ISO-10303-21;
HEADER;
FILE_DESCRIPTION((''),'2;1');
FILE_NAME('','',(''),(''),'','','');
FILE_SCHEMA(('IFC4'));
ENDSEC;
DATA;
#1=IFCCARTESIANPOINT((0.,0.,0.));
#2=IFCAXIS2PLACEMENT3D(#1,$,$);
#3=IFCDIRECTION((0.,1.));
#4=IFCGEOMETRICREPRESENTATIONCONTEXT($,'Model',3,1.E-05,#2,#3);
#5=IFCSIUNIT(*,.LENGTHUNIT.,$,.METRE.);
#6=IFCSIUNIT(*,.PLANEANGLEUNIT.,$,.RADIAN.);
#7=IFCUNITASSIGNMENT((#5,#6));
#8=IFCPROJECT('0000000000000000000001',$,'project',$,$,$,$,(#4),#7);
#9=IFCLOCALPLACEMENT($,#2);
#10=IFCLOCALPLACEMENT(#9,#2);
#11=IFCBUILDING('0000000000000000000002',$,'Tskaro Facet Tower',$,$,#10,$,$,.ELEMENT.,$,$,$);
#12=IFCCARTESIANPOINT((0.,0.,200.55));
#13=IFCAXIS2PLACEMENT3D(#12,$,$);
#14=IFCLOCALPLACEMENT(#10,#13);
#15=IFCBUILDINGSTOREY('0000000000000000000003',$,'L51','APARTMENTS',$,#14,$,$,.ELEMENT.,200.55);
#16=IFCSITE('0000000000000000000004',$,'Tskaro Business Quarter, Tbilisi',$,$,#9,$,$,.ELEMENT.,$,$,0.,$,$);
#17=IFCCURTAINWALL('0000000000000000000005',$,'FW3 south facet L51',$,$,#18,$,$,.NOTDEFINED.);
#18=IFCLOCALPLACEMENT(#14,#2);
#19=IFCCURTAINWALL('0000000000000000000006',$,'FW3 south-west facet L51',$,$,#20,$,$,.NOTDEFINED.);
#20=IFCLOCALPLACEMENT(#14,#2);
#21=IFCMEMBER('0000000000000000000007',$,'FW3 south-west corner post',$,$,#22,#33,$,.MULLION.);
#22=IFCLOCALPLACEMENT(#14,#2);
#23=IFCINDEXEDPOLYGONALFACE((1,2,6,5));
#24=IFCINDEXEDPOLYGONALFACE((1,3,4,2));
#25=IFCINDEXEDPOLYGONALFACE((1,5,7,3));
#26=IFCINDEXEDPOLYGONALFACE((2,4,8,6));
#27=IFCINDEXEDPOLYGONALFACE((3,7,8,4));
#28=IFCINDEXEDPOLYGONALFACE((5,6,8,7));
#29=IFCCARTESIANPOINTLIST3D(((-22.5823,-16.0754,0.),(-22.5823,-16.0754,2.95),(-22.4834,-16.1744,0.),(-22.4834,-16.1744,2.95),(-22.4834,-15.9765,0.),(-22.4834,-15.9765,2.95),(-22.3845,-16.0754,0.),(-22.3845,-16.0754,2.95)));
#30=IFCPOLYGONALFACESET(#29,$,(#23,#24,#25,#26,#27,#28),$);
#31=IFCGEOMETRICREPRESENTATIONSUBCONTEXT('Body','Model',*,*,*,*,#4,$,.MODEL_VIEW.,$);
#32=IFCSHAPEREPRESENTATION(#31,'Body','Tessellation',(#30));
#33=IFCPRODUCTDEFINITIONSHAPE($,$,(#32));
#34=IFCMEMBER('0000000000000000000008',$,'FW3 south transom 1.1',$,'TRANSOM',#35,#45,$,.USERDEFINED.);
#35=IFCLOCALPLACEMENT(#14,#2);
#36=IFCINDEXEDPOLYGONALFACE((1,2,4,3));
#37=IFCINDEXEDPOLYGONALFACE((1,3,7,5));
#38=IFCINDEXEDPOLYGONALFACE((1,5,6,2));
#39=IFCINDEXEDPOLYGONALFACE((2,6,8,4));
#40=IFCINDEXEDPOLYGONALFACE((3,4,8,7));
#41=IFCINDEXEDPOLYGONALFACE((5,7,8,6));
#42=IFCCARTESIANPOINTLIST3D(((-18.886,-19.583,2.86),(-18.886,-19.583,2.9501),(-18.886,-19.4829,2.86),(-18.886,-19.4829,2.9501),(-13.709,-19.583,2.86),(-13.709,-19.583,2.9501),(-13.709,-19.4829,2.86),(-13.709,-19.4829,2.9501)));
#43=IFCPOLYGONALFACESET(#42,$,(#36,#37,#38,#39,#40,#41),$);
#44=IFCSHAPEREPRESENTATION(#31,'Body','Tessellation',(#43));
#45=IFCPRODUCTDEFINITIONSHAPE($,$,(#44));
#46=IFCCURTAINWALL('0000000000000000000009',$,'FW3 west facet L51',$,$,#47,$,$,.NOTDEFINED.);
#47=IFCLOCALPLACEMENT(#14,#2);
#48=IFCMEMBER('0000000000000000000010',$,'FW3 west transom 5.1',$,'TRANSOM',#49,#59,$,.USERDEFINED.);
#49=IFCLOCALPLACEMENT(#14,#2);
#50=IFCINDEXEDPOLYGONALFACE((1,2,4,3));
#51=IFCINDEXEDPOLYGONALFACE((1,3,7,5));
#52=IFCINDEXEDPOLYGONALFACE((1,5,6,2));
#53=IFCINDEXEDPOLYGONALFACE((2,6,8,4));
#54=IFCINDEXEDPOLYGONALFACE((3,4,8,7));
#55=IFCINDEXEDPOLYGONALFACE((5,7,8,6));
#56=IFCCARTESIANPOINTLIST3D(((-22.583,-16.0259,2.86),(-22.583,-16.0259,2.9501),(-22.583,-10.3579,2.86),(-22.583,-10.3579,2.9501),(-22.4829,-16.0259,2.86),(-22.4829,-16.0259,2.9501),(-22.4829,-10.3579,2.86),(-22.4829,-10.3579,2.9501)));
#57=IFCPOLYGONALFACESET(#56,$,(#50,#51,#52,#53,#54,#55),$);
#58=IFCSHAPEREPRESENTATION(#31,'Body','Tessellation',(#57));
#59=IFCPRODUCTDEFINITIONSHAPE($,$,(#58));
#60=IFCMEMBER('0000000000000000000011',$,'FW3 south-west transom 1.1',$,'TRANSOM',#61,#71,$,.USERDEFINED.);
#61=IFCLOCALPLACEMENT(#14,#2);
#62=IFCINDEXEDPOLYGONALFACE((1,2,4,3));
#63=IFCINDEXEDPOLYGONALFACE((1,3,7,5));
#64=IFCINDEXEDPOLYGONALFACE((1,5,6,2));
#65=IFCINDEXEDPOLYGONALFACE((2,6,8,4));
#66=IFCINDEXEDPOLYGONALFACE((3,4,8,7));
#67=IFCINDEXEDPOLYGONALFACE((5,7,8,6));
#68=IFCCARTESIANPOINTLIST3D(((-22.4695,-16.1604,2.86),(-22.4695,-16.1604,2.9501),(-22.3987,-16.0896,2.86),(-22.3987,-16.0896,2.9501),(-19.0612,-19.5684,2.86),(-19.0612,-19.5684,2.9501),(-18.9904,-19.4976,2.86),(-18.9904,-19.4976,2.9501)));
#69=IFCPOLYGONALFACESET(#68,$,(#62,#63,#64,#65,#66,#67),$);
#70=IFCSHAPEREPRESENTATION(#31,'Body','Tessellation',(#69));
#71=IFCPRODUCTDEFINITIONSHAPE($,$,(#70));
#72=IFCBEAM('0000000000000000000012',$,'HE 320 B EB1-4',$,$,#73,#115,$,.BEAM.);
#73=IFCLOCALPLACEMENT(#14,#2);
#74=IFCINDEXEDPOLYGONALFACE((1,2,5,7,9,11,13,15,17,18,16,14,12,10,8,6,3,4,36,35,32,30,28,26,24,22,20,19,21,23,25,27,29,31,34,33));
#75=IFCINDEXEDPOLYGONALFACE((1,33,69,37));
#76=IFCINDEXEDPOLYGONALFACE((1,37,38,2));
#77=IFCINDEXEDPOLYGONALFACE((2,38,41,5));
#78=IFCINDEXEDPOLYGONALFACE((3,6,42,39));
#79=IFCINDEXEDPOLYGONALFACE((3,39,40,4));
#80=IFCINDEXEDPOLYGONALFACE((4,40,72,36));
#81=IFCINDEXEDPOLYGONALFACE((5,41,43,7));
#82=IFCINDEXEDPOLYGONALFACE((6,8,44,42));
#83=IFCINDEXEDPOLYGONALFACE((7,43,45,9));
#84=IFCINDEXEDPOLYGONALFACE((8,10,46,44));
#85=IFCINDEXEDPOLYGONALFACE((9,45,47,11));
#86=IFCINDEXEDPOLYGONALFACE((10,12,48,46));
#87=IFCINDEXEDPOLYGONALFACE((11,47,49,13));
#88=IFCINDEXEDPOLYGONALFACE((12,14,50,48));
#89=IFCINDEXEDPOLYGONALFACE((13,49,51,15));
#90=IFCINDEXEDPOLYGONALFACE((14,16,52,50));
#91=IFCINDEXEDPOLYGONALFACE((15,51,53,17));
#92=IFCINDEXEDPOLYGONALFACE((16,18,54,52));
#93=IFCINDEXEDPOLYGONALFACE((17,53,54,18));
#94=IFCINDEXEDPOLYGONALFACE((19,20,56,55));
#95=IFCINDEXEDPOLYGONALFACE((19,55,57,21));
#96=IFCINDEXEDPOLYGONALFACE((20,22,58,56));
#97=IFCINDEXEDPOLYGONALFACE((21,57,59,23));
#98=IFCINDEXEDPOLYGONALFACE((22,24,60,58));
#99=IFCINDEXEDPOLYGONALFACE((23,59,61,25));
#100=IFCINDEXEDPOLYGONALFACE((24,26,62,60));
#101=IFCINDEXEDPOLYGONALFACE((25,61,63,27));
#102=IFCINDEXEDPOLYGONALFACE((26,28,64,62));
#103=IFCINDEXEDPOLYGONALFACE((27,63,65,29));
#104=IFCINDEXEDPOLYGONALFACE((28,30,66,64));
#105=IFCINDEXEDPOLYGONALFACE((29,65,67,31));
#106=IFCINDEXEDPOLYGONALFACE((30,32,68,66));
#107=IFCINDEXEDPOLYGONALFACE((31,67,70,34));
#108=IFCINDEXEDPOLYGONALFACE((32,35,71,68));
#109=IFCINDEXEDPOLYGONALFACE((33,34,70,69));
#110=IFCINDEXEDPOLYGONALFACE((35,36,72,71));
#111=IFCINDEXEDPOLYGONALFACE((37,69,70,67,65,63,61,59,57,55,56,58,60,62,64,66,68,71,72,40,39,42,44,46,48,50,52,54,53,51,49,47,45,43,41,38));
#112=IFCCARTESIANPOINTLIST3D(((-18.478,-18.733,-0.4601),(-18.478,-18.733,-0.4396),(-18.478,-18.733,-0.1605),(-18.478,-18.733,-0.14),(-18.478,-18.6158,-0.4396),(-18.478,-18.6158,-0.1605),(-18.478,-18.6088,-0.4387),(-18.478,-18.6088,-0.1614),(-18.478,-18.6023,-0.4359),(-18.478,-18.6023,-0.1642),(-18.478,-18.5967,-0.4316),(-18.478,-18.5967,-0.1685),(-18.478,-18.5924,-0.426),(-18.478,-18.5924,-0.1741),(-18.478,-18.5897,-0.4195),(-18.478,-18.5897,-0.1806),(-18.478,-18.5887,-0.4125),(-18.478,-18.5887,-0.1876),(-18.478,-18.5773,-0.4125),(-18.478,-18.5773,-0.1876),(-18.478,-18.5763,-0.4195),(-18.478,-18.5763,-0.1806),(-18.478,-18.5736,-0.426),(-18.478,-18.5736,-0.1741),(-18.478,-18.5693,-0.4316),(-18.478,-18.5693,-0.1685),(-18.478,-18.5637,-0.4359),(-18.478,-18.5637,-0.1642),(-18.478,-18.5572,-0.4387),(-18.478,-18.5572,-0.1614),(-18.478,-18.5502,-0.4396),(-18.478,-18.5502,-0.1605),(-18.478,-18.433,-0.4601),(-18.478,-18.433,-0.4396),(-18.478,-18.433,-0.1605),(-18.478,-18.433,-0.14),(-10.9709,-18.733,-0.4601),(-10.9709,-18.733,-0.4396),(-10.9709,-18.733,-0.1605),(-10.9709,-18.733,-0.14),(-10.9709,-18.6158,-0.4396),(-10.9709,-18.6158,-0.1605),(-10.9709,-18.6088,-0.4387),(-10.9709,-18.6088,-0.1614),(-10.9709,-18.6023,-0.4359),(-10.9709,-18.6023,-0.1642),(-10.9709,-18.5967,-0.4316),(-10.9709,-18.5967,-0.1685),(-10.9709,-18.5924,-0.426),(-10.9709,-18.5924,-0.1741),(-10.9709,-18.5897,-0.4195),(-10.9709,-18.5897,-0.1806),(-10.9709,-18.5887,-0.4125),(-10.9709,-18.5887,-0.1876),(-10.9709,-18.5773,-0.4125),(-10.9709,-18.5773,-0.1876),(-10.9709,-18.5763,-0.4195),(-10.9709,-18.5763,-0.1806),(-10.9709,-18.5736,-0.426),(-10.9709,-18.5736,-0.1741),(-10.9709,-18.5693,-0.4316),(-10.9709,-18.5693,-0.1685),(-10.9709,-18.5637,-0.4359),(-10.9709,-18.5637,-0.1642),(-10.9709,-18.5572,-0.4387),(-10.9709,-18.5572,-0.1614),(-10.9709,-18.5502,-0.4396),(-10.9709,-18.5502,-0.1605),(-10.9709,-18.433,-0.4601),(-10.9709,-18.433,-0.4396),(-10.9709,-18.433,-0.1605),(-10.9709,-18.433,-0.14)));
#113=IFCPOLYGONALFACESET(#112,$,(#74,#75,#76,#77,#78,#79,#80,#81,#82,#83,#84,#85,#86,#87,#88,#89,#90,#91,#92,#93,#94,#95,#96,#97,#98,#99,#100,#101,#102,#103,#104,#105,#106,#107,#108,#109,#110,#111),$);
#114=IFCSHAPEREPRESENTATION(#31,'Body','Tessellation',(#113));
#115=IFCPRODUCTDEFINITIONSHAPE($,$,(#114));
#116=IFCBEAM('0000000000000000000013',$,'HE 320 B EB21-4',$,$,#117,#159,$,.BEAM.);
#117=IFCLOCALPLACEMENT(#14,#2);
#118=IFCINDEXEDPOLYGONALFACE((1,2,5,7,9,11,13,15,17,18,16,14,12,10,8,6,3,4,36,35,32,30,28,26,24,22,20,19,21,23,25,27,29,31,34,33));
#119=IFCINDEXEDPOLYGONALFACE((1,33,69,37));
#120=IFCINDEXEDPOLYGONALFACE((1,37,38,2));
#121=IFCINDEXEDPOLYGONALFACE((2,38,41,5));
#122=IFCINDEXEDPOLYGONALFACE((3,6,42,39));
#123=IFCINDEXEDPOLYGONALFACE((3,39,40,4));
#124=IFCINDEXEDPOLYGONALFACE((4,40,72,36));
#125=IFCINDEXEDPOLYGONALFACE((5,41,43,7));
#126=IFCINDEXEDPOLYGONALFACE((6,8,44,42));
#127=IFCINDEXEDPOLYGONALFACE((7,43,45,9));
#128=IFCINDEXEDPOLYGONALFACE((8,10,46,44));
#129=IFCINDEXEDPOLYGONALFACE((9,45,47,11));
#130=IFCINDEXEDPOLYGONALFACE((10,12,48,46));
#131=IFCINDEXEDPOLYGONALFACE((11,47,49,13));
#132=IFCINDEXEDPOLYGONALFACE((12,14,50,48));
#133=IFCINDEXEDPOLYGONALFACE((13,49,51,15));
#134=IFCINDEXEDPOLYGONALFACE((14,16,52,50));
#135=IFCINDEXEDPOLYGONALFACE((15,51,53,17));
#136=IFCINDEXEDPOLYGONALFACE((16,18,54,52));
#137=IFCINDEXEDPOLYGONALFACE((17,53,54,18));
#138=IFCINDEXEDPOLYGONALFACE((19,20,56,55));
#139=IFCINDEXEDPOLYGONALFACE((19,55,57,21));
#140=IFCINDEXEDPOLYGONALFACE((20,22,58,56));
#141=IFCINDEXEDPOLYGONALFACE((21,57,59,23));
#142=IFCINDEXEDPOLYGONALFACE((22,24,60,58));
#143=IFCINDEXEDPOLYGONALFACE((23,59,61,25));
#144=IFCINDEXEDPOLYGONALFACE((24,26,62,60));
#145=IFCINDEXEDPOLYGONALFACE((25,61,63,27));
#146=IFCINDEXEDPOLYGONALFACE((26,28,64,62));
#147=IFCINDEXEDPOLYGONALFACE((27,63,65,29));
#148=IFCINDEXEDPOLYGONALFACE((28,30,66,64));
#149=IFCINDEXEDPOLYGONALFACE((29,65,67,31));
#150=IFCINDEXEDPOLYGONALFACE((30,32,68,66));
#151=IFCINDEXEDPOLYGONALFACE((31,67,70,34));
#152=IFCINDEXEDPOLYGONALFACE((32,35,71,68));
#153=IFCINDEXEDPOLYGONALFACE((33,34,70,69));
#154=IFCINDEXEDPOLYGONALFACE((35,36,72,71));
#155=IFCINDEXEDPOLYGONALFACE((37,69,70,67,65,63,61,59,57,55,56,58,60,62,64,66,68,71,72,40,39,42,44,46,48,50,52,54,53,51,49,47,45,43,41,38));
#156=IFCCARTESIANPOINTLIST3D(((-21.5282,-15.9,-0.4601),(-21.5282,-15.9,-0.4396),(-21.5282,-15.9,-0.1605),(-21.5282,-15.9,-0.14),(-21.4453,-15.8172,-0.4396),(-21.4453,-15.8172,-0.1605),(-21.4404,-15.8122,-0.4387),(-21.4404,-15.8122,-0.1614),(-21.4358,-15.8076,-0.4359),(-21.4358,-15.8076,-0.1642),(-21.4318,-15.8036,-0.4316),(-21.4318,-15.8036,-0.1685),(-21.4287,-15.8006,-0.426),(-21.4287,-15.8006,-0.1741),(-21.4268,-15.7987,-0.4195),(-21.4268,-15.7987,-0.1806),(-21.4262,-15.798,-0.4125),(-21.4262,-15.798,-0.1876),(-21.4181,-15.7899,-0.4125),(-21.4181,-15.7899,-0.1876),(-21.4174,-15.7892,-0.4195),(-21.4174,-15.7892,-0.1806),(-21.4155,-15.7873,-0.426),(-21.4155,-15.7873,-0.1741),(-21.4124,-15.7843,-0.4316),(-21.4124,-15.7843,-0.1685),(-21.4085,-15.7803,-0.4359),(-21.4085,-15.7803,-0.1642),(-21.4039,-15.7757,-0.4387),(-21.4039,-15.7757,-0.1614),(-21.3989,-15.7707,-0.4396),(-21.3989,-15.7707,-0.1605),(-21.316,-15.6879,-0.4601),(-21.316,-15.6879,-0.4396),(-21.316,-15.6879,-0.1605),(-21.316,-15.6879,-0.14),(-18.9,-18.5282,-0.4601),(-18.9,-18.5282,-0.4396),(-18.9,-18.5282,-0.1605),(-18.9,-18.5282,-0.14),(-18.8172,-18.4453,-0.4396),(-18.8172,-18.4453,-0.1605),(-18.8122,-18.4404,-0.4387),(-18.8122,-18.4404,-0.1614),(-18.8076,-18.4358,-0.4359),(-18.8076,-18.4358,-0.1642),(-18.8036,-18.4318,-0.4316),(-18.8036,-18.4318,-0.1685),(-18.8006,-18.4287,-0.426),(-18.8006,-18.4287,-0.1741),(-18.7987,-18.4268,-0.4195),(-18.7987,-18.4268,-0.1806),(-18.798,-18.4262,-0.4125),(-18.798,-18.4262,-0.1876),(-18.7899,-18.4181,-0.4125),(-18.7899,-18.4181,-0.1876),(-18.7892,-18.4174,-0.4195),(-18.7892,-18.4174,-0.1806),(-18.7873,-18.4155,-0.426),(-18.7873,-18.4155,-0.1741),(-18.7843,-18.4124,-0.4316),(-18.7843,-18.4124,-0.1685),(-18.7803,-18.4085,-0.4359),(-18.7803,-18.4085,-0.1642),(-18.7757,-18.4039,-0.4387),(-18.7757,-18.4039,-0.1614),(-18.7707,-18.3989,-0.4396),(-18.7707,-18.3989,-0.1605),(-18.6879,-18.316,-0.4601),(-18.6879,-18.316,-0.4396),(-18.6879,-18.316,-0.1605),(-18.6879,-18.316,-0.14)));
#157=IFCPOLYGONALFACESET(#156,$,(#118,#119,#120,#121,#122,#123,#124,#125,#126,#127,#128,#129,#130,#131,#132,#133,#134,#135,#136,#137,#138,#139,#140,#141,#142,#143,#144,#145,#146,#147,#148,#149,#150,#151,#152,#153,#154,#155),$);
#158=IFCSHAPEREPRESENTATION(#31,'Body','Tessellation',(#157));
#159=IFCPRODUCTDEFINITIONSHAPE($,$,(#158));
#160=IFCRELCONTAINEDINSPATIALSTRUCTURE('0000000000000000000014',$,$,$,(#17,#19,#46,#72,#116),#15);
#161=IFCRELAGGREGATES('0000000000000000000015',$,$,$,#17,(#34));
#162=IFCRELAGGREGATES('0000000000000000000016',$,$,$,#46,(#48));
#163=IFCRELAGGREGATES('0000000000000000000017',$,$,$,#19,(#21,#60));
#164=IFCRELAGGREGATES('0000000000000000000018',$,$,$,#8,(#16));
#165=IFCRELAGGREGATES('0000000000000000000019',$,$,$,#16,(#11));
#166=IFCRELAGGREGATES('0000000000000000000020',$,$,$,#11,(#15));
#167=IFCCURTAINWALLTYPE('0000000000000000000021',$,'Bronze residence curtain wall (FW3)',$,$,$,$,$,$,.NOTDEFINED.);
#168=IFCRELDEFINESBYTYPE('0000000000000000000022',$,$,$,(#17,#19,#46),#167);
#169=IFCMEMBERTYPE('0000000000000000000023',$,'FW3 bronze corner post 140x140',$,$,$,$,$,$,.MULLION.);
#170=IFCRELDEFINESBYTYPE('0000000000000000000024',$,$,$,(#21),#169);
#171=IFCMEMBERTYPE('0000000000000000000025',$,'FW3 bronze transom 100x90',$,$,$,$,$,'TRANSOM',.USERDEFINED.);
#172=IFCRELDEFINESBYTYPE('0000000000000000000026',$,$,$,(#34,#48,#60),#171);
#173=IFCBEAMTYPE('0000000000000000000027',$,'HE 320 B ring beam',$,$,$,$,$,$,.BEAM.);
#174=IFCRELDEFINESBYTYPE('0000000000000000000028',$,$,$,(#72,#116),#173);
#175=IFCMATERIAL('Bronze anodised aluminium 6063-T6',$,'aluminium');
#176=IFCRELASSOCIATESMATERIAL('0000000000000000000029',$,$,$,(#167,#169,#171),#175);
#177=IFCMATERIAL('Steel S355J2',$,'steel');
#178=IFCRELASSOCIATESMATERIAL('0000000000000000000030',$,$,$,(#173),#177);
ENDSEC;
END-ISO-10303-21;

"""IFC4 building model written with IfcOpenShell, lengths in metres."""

from ifc_helpers import new_model, si_unit, direction, frame, origin, origin_2d, place, context, subcontext, project, spatial, rectangle, i_section, extrude, material, material_profile, profile_set, type_object, element, aggregate, save


model = new_model("IFC4")

# Units and contexts
model_context = context("Model", 3, precision=1e-05, world=origin(), true_north=direction((0.0, 1.0)))
body_context = subcontext(model_context, "Body", "Model", "MODEL_VIEW")
ifc_project = project(units=[si_unit("LENGTHUNIT", "METRE"), si_unit("PLANEANGLEUNIT", "RADIAN")], contexts=[model_context])

# Site, building, storey
site_placement = place(None, origin())
site = spatial("IfcSite", under=ifc_project, at=site_placement, Name="Tskaro Business Quarter, Tbilisi", CompositionType="ELEMENT", RefElevation=0.0)
building_placement = place(site_placement, origin())
building = spatial("IfcBuilding", under=site, at=building_placement, Name="Tskaro Facet Tower", CompositionType="ELEMENT")
storey_placement = place(building_placement, frame((0.0, 0.0, 200.55)))
storey = spatial("IfcBuildingStorey", under=building, at=storey_placement, Name="L51", Description="APARTMENTS", CompositionType="ELEMENT", Elevation=200.55)

# Curtain walls, member
ifc_material_1 = material(Name="Bronze anodised aluminium 6063-T6", Category="aluminium")
curtain_wall_type = type_object("IfcCurtainWallType", Name="Bronze residence curtain wall (FW3)", PredefinedType="NOTDEFINED", material=ifc_material_1)
curtain_wall_1_placement = place(storey_placement, origin())
curtain_wall_1 = element("IfcCurtainWall", 1, at=curtain_wall_1_placement, inside=storey, type_object=curtain_wall_type, Name="FW3 south facet L51", PredefinedType="NOTDEFINED")
ifc_material_profile_1 = material_profile(ifc_material_1, rectangle(XDim=0.1399, YDim=0.1399, at=origin_2d()), Name="Corner post 140x140")
ifc_profile_set_1 = profile_set([ifc_material_profile_1], Name="Bronze anodised aluminium 6063-T6")
member_type_1 = type_object("IfcMemberType", Name="FW3 bronze corner post 140x140", PredefinedType="MULLION", material=ifc_profile_set_1)
curtain_wall_2_placement = place(storey_placement, origin())
curtain_wall_2 = element("IfcCurtainWall", 2, at=curtain_wall_2_placement, inside=storey, type_object=curtain_wall_type, Name="FW3 south-west facet L51", PredefinedType="NOTDEFINED")
member_1_placement = place(storey_placement, frame((-22.4834, -16.0754, 0.0), z_axis=(0.0, 0.0, 1.0), x_axis=(0.707107, -0.707107, 0.0)))
member_1 = element("IfcMember", 3, at=member_1_placement, type_object=member_type_1, Name="FW3 south-west corner post", PredefinedType="MULLION", context=body_context, shape_type="SweptSolid", body=[
    extrude(rectangle(XDim=0.1399, YDim=0.1399, at=origin_2d()), origin(), (0.0, 0.0, 1.0), 2.95),
])

# Member
ifc_material_profile_2 = material_profile(ifc_material_1, rectangle(XDim=0.1001, YDim=0.0901, at=origin_2d()), Name="Transom 100x90")
ifc_profile_set_2 = profile_set([ifc_material_profile_2], Name="Bronze anodised aluminium 6063-T6")
member_type_2 = type_object("IfcMemberType", Name="FW3 bronze transom 100x90", ElementType="TRANSOM", PredefinedType="USERDEFINED", material=ifc_profile_set_2)
member_2_placement = place(storey_placement, frame((-18.886, -19.533, 2.905), z_axis=(1.0, 0.0, 0.0), x_axis=(0.0, 1.0, 0.0)))
member_2 = element("IfcMember", 4, at=member_2_placement, type_object=member_type_2, Name="FW3 south transom 1.1", ObjectType="TRANSOM", PredefinedType="USERDEFINED", context=body_context, shape_type="SweptSolid", body=[
    extrude(rectangle(XDim=0.1001, YDim=0.0901, at=origin_2d()), origin(), (0.0, 0.0, 1.0), 5.177),
])
aggregate(curtain_wall_1, [member_2])

# Curtain wall, member
curtain_wall_3_placement = place(storey_placement, origin())
curtain_wall_3 = element("IfcCurtainWall", 5, at=curtain_wall_3_placement, inside=storey, type_object=curtain_wall_type, Name="FW3 west facet L51", PredefinedType="NOTDEFINED")
member_3_placement = place(storey_placement, frame((-22.533, -10.3579, 2.905), z_axis=(0.0, -1.0, 0.0), x_axis=(1.0, 0.0, 0.0)))
member_3 = element("IfcMember", 6, at=member_3_placement, type_object=member_type_2, Name="FW3 west transom 5.1", ObjectType="TRANSOM", PredefinedType="USERDEFINED", context=body_context, shape_type="SweptSolid", body=[
    extrude(rectangle(XDim=0.1001, YDim=0.0901, at=origin_2d()), origin(), (0.0, 0.0, 1.0), 5.668),
])

# Member
member_4_placement = place(storey_placement, frame((-22.4341, -16.125, 2.905), z_axis=(0.707132, -0.707081, 0.0), x_axis=(0.707081, 0.707132, 0.0)))
member_4 = element("IfcMember", 7, at=member_4_placement, type_object=member_type_2, Name="FW3 south-west transom 1.1", ObjectType="TRANSOM", PredefinedType="USERDEFINED", context=body_context, shape_type="SweptSolid", body=[
    extrude(rectangle(XDim=0.1001, YDim=0.0901, at=origin_2d()), origin(), (0.0, 0.0, 1.0), 4.8198),
])

# Beams
ifc_material_2 = material(Name="Steel S355J2", Category="steel")
ifc_material_profile_3 = material_profile(ifc_material_2, i_section(OverallWidth=0.3, OverallDepth=0.3201, WebThickness=0.0115, FlangeThickness=0.0205, FilletRadius=0.0271, at=origin_2d()), Name="HE 320 B")
ifc_profile_set_3 = profile_set([ifc_material_profile_3], Name="Steel S355J2")
beam_type_1 = type_object("IfcBeamType", Name="HE 320 B ring beam", PredefinedType="BEAM", material=ifc_profile_set_3)
beam_1_placement = place(storey_placement, frame((-18.478, -18.583, -0.3), z_axis=(1.0, 0.0, 0.0), x_axis=(0.0, 1.0, 0.0)))
element("IfcBeam", 8, at=beam_1_placement, inside=storey, type_object=beam_type_1, Name="HE 320 B EB1-4", PredefinedType="BEAM", context=body_context, shape_type="SweptSolid", body=[
    extrude(i_section(OverallWidth=0.3, OverallDepth=0.3201, WebThickness=0.0115, FlangeThickness=0.0205, FilletRadius=0.0271, at=origin_2d()), origin(), (0.0, 0.0, 1.0), 7.5071),
])
beam_2_placement = place(storey_placement, frame((-21.4221, -15.7939, -0.3), z_axis=(0.707107, -0.707107, 0.0), x_axis=(0.707107, 0.707107, 0.0)))
element("IfcBeam", 9, at=beam_2_placement, inside=storey, type_object=beam_type_1, Name="HE 320 B EB21-4", PredefinedType="BEAM", context=body_context, shape_type="SweptSolid", body=[
    extrude(i_section(OverallWidth=0.3, OverallDepth=0.3201, WebThickness=0.0115, FlangeThickness=0.0205, FilletRadius=0.0271, at=origin_2d()), origin(), (0.0, 0.0, 1.0), 3.7168),
])

aggregate(curtain_wall_3, [member_3])
aggregate(curtain_wall_2, [member_1, member_4])

save(model, "model.ifc")
